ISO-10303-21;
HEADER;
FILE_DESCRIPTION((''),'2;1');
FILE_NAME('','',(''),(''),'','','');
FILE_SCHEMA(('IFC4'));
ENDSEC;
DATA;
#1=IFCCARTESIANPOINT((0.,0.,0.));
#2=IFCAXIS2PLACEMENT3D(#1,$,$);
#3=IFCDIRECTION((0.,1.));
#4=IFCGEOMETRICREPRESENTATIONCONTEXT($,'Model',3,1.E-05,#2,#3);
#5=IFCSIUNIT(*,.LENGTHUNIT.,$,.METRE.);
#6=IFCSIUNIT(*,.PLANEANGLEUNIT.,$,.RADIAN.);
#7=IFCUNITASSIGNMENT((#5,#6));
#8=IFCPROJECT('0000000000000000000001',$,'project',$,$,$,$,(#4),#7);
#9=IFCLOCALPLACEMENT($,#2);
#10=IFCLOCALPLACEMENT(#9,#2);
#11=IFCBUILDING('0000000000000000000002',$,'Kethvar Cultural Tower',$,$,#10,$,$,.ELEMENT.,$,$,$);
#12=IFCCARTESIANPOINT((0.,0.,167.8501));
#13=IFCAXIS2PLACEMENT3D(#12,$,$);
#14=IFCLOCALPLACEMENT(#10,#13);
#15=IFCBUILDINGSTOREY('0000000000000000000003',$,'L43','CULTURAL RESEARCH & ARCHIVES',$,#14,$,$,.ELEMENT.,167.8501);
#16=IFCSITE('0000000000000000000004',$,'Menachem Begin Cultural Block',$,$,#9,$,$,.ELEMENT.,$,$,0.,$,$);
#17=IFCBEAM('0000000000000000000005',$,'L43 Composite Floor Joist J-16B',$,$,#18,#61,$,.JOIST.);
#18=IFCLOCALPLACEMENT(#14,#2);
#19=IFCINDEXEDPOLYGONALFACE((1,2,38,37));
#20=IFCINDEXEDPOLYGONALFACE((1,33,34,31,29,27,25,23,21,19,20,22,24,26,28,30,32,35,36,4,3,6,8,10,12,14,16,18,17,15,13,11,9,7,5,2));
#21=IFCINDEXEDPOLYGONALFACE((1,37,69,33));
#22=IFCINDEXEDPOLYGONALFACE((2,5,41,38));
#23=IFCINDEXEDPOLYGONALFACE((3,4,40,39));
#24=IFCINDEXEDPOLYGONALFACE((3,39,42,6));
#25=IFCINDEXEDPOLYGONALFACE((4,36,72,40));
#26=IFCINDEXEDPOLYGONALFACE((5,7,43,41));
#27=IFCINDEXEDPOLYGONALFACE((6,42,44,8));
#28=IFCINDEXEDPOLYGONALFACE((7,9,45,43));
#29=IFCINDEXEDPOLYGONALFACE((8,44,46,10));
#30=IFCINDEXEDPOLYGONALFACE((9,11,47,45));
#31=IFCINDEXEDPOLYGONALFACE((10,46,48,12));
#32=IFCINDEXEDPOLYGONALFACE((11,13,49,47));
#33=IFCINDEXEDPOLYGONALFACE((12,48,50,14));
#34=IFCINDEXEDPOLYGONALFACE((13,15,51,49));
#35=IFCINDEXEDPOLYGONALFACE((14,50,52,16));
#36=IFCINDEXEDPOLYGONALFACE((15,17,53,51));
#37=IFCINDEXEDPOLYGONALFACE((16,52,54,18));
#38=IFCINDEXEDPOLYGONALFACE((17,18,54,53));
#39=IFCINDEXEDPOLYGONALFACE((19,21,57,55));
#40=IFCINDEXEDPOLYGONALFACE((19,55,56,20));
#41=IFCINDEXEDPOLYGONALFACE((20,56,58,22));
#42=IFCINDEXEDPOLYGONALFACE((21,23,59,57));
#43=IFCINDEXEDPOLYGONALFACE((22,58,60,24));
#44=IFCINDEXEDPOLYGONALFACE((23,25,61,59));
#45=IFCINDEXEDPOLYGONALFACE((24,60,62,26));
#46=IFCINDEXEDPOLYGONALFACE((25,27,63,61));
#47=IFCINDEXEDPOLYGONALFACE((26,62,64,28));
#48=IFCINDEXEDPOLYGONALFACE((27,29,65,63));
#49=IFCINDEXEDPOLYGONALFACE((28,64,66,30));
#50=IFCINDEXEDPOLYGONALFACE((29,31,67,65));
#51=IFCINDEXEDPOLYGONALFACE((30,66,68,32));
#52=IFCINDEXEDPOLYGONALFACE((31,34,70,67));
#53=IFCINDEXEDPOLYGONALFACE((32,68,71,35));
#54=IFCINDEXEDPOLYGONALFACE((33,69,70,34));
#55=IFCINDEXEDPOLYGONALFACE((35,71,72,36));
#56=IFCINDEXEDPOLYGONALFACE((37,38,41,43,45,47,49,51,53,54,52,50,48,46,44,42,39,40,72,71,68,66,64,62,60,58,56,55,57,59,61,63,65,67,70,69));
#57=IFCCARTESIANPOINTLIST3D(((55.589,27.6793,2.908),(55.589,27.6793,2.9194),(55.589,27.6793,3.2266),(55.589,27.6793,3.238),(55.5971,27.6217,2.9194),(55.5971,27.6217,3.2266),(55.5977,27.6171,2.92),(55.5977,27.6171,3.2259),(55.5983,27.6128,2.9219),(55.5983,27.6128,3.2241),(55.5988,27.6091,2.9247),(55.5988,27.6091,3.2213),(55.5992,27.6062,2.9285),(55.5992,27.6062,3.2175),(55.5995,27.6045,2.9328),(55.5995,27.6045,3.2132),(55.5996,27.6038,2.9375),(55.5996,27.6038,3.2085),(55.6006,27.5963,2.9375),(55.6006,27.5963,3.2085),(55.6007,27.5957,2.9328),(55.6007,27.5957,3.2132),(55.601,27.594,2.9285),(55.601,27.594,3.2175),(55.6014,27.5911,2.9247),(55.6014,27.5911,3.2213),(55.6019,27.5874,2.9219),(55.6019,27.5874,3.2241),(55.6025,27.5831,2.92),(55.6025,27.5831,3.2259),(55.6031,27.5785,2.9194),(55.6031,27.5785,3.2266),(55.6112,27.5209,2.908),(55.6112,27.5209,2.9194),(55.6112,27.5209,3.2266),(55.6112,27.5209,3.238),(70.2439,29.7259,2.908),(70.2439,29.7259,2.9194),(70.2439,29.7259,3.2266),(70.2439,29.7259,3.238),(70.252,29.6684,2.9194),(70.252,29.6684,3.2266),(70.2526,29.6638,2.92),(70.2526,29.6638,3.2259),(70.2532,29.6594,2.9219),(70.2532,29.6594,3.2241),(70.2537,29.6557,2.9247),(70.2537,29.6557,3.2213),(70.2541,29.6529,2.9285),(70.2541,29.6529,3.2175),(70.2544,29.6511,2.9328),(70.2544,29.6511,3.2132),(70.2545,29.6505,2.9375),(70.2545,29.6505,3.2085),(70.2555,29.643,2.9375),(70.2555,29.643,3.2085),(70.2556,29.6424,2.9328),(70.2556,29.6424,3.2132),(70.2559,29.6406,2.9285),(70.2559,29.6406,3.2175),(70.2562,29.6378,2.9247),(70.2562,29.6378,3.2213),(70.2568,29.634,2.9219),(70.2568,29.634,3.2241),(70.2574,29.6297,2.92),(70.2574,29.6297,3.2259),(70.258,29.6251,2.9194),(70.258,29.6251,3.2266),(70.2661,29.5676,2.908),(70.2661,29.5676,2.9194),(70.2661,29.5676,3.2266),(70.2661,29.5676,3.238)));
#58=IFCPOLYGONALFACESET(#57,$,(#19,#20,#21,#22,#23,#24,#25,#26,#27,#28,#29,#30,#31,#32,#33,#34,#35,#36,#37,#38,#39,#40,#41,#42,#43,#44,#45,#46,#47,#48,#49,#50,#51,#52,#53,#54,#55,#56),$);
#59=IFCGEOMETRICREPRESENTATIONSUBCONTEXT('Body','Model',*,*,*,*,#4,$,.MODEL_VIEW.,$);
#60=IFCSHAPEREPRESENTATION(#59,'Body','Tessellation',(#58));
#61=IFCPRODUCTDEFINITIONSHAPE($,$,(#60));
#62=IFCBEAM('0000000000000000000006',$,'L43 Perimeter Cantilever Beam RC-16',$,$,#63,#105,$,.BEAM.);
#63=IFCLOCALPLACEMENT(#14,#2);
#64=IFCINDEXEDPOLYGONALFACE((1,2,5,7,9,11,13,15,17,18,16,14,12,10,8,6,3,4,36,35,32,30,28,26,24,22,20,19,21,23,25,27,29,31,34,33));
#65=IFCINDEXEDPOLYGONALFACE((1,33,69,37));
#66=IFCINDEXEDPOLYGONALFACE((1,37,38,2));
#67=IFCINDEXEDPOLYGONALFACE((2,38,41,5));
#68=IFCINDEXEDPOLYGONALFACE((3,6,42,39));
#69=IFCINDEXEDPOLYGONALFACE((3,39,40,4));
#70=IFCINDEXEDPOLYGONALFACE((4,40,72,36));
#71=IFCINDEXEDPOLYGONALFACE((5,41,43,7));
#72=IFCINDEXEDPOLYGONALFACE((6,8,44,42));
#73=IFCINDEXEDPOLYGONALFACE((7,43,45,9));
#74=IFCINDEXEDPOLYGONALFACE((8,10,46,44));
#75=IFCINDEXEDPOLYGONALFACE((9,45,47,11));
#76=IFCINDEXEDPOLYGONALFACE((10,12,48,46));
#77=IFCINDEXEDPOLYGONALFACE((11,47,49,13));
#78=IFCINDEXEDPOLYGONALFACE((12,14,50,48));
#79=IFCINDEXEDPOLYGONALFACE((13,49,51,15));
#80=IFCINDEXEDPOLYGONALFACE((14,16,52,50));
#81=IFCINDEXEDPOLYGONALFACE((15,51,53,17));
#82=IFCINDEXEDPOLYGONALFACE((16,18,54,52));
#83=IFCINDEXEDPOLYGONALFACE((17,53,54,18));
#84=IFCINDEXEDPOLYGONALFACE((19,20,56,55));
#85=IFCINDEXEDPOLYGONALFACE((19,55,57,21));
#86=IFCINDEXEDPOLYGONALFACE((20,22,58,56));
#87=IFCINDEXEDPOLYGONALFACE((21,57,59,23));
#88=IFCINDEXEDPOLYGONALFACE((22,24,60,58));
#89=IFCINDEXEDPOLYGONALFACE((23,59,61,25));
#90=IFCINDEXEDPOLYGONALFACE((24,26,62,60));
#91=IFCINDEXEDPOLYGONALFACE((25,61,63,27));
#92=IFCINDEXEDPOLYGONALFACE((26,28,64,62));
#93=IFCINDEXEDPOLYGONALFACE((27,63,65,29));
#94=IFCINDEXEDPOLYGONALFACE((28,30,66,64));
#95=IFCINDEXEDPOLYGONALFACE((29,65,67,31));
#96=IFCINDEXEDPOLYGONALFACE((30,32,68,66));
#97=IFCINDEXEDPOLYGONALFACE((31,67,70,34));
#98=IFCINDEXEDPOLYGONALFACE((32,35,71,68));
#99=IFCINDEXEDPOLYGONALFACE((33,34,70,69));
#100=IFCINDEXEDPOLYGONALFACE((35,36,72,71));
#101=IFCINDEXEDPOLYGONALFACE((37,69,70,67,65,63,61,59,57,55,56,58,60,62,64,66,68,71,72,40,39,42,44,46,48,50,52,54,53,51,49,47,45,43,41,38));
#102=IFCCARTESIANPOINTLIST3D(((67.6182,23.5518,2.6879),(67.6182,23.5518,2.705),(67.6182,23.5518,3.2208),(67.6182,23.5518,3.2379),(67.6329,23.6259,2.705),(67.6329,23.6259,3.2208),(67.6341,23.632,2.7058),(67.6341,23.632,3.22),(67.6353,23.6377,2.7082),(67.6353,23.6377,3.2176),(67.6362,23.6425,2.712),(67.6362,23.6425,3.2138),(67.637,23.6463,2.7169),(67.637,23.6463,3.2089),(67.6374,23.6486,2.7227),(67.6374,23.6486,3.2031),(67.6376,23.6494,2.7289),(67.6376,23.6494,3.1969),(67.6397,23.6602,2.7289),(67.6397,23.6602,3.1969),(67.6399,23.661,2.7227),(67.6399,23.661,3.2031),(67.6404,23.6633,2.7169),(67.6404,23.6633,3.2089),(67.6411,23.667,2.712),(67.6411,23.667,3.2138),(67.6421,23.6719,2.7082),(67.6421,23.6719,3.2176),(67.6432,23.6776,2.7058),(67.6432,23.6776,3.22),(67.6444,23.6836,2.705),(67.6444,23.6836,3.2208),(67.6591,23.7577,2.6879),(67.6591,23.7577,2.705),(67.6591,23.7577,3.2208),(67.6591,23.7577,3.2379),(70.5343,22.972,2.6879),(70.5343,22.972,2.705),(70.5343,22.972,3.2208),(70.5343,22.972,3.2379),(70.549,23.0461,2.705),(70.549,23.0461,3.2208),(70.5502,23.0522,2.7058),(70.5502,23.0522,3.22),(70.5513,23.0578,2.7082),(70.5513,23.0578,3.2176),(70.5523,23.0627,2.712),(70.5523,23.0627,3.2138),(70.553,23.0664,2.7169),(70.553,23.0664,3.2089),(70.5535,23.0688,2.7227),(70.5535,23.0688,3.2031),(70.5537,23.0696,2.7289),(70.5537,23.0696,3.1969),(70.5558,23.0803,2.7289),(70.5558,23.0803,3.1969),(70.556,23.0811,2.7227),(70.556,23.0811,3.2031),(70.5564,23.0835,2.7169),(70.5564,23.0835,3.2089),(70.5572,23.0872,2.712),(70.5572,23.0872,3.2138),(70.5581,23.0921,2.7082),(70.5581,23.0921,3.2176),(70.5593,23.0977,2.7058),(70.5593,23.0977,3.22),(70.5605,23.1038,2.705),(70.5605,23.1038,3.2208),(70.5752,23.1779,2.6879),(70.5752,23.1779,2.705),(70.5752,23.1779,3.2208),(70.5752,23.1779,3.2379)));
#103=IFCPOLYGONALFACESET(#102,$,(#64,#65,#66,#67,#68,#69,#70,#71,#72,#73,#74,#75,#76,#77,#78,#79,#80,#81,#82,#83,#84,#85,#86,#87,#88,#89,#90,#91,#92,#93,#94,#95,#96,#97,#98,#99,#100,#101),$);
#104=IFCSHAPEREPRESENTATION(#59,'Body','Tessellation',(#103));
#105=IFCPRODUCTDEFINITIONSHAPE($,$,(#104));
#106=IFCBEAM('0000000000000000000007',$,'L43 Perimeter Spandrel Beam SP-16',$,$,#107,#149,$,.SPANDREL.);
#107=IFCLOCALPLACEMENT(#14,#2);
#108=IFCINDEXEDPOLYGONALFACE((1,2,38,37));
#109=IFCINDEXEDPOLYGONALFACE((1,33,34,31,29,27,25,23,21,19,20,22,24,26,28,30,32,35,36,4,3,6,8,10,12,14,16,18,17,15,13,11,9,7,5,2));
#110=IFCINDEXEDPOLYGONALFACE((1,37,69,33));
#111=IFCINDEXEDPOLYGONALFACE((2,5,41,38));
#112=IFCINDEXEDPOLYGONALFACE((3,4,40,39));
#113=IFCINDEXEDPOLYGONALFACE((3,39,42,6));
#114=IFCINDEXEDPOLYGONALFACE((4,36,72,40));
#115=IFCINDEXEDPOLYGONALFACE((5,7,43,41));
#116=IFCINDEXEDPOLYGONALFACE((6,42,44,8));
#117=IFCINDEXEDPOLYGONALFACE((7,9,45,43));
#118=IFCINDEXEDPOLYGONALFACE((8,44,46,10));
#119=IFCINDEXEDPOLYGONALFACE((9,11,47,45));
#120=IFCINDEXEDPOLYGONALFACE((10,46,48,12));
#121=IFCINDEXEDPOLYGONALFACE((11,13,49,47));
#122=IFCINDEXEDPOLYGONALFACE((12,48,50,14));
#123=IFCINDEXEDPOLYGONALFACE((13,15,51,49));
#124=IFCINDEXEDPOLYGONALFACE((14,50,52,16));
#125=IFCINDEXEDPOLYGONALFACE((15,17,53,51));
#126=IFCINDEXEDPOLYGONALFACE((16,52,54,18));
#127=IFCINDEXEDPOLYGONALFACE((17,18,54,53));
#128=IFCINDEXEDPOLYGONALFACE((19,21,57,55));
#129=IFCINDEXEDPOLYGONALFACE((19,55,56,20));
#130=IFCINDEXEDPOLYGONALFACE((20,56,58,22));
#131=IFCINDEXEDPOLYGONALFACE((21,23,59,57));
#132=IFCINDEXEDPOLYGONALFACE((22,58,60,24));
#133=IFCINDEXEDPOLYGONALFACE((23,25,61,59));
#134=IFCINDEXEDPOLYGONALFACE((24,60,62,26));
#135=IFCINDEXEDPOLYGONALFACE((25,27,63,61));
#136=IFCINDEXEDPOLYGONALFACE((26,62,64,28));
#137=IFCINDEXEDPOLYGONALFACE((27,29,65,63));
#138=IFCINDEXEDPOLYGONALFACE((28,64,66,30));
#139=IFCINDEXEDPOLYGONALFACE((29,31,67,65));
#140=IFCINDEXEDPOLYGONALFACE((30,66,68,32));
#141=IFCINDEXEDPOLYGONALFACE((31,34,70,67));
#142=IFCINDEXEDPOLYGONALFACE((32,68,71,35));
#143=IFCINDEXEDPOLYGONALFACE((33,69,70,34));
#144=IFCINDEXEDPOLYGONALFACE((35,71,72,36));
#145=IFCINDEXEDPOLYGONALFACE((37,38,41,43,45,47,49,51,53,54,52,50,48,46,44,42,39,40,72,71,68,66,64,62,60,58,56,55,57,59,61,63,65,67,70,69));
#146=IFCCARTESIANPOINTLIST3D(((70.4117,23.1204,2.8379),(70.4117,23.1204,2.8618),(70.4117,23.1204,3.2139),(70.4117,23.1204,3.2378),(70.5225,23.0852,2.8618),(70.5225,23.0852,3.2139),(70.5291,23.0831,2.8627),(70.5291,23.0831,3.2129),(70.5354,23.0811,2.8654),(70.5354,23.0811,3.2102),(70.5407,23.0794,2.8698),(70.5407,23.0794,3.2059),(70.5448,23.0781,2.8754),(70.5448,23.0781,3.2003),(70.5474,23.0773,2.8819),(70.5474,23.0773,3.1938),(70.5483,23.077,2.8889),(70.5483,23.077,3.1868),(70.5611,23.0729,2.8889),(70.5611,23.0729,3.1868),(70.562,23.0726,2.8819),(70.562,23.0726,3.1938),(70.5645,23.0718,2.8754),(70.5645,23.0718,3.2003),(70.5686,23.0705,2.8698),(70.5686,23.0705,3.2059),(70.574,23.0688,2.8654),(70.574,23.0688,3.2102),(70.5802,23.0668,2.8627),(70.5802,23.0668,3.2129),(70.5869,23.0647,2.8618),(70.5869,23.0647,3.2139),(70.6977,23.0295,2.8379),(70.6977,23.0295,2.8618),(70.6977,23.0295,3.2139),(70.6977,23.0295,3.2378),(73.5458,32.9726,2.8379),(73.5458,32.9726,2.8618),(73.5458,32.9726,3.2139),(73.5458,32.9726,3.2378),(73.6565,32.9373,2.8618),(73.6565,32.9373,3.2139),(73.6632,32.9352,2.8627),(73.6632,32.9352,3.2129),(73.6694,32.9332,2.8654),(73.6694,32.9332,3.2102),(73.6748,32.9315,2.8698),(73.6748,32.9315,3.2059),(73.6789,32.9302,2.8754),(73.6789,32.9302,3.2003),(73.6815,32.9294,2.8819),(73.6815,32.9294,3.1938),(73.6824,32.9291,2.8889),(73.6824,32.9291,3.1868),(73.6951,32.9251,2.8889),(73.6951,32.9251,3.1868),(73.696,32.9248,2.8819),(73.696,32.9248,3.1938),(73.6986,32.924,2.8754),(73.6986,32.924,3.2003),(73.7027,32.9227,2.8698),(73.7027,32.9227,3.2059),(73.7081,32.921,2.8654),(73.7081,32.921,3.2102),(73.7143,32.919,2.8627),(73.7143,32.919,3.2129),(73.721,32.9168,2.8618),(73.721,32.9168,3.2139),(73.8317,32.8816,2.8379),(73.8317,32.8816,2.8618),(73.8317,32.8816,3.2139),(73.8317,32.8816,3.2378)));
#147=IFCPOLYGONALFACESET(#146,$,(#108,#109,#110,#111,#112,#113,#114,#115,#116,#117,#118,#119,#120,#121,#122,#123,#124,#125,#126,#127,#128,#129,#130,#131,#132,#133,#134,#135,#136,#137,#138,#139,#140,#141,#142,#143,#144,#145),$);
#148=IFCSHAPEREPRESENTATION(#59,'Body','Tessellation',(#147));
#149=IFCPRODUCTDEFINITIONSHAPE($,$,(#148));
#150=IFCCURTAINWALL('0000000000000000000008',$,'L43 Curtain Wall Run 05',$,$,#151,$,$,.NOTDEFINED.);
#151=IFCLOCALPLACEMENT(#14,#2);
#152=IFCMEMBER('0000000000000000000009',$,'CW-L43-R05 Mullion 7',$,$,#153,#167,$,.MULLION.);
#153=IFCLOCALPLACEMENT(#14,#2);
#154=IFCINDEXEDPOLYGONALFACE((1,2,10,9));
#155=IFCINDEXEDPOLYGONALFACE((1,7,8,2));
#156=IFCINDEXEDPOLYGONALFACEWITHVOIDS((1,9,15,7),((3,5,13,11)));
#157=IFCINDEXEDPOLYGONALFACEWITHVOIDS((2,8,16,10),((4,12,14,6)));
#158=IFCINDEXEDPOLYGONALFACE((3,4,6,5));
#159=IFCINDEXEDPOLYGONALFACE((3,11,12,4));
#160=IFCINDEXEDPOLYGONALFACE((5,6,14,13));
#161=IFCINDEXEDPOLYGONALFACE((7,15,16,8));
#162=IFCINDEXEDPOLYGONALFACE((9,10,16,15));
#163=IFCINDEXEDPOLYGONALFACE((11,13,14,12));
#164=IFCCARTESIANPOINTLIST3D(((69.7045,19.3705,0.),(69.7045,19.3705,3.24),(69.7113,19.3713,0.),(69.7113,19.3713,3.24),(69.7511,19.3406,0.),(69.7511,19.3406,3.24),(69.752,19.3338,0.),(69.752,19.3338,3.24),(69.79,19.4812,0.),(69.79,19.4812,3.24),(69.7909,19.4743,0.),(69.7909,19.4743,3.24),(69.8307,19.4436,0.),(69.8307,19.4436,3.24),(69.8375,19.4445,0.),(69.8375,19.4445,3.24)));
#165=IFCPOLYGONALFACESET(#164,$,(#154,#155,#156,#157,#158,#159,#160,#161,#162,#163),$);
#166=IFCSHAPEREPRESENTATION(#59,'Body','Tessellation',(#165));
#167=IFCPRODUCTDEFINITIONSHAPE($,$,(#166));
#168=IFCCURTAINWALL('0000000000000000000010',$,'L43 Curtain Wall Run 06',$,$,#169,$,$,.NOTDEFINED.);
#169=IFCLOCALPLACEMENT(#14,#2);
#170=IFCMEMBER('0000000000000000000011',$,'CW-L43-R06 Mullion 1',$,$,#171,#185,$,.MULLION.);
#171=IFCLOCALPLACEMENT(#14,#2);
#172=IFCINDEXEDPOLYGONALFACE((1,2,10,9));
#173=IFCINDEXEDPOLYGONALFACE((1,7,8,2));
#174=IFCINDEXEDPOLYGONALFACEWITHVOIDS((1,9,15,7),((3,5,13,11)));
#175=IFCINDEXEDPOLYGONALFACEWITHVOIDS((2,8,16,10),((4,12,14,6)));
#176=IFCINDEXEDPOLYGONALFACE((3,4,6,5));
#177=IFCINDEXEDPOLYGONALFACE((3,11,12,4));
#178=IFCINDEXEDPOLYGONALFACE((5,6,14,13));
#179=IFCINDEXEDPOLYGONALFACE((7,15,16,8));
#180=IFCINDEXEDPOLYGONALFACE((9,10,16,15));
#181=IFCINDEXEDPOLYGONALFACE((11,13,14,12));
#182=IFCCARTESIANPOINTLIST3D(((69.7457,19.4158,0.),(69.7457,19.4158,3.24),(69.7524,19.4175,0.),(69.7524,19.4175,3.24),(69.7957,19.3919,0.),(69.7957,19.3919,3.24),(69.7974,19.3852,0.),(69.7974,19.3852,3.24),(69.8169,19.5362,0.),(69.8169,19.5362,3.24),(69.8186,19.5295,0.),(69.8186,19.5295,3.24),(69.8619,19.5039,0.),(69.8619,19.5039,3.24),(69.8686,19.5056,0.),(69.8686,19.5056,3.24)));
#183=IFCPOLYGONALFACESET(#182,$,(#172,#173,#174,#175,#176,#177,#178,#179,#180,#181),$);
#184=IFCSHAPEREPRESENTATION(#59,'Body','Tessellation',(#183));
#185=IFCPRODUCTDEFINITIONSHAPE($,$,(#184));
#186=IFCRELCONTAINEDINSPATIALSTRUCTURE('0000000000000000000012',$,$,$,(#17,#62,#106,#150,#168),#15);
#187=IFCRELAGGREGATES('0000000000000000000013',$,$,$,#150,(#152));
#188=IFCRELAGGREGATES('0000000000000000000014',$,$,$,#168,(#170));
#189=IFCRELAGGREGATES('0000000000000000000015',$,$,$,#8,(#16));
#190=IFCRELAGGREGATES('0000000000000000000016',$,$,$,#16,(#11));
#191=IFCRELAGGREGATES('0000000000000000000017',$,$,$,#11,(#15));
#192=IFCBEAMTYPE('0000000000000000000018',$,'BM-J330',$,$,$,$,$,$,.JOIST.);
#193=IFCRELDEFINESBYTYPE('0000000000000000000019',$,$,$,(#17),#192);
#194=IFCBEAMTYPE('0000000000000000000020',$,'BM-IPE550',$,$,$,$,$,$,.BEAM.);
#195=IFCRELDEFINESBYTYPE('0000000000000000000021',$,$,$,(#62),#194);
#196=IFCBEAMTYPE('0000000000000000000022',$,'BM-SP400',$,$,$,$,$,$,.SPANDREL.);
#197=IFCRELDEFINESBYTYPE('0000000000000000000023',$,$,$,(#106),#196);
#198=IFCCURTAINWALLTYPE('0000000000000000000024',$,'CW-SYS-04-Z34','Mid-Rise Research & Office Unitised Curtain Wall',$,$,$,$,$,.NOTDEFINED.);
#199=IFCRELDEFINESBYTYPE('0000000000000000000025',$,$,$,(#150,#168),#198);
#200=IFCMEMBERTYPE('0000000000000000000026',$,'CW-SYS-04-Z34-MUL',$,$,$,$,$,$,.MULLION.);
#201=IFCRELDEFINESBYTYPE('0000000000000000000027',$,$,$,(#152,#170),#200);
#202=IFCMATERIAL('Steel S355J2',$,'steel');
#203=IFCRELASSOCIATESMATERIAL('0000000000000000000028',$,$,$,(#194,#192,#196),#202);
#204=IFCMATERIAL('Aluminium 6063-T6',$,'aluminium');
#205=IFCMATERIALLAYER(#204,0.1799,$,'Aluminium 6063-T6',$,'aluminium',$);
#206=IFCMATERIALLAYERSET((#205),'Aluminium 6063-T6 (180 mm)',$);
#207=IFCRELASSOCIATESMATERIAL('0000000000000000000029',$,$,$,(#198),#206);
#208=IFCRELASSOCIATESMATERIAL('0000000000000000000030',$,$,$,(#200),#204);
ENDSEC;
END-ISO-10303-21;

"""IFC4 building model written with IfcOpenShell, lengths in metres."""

from ifc_helpers import new_model, si_unit, direction, frame, origin, origin_2d, place, context, subcontext, project, spatial, hollow_rectangle, i_section, extrude, source, transform, mapped, material, layer, layer_set, material_profile, profile_set, type_object, element, aggregate, save


model = new_model("IFC4")

# Units and contexts
model_context = context("Model", 3, precision=1e-05, world=origin(), true_north=direction((0.0, 1.0)))
body_context = subcontext(model_context, "Body", "Model", "MODEL_VIEW")
ifc_project = project(units=[si_unit("LENGTHUNIT", "METRE"), si_unit("PLANEANGLEUNIT", "RADIAN")], contexts=[model_context])

# Site, building, storey
site_placement = place(None, origin())
site = spatial("IfcSite", under=ifc_project, at=site_placement, Name="Menachem Begin Cultural Block", CompositionType="ELEMENT", RefElevation=0.0)
building_placement = place(site_placement, origin())
building = spatial("IfcBuilding", under=site, at=building_placement, Name="Kethvar Cultural Tower", CompositionType="ELEMENT")
storey_placement = place(building_placement, frame((0.0, 0.0, 167.8501)))
storey = spatial("IfcBuildingStorey", under=building, at=storey_placement, Name="L43", Description="CULTURAL RESEARCH & ARCHIVES", CompositionType="ELEMENT", Elevation=167.8501)

# Beams
ifc_material_1 = material(Name="Steel S355J2", Category="steel")
ifc_material_profile_1 = material_profile(ifc_material_1, i_section(OverallWidth=0.21, OverallDepth=0.55, WebThickness=0.011, FlangeThickness=0.0171, FilletRadius=0.0239, at=origin_2d()), Name="Steel S355J2 — IPE550")
ifc_profile_set_1 = profile_set([ifc_material_profile_1], Name="Steel S355J2 — IPE550")
beam_type_1 = type_object("IfcBeamType", Name="BM-IPE550", PredefinedType="BEAM", material=ifc_profile_set_1)
ifc_material_profile_2 = material_profile(ifc_material_1, i_section(OverallWidth=0.1599, OverallDepth=0.3301, WebThickness=0.0076, FlangeThickness=0.0115, FilletRadius=0.0181, at=origin_2d()), Name="Steel S355J2 — IPE330")
ifc_profile_set_2 = profile_set([ifc_material_profile_2], Name="Steel S355J2 — IPE330")
beam_type_2 = type_object("IfcBeamType", Name="BM-J330", PredefinedType="JOIST", material=ifc_profile_set_2)
shared_shape_1 = source(origin(), body_context, "Body", "SweptSolid", [
    extrude(i_section(OverallWidth=0.1599, OverallDepth=0.3301, WebThickness=0.0076, FlangeThickness=0.0115, FilletRadius=0.0181, at=origin_2d()), origin(), (0.0, 0.0, 1.0), 14.7971),
])
beam_1_placement = place(storey_placement, frame((55.6001, 27.6001, 3.073), z_axis=(0.990388, 0.138314, 0.0), x_axis=(-0.138314, 0.990388, 0.0)))
element("IfcBeam", 1, at=beam_1_placement, inside=storey, type_object=beam_type_2, Name="L43 Composite Floor Joist J-16B", PredefinedType="JOIST", context=body_context, shape_type="MappedRepresentation", body=[
    mapped(shared_shape_1, transform((0.0, 0.0, 0.0), scale=1.0)),
])
shared_shape_2 = source(origin(), body_context, "Body", "SweptSolid", [
    extrude(i_section(OverallWidth=0.21, OverallDepth=0.55, WebThickness=0.011, FlangeThickness=0.0171, FilletRadius=0.0239, at=origin_2d()), origin(), (0.0, 0.0, 1.0), 2.9731),
])
beam_2_placement = place(storey_placement, frame((67.6387, 23.6548, 2.9629), z_axis=(0.980798, -0.195026, 0.0), x_axis=(0.195026, 0.980798, 0.0)))
element("IfcBeam", 2, at=beam_2_placement, inside=storey, type_object=beam_type_1, Name="L43 Perimeter Cantilever Beam RC-16", PredefinedType="BEAM", context=body_context, shape_type="MappedRepresentation", body=[
    mapped(shared_shape_2, transform((0.0, 0.0, 0.0), scale=1.0)),
])
ifc_material_profile_3 = material_profile(ifc_material_1, i_section(OverallWidth=0.3, OverallDepth=0.3999, WebThickness=0.0134, FlangeThickness=0.0239, FilletRadius=0.0271, at=origin_2d()), Name="Steel S355J2 — HEB400")
ifc_profile_set_3 = profile_set([ifc_material_profile_3], Name="Steel S355J2 — HEB400")
beam_type_3 = type_object("IfcBeamType", Name="BM-SP400", PredefinedType="SPANDREL", material=ifc_profile_set_3)
shared_shape_3 = source(origin(), body_context, "Body", "SweptSolid", [
    extrude(i_section(OverallWidth=0.3, OverallDepth=0.3999, WebThickness=0.0134, FlangeThickness=0.0239, FilletRadius=0.0271, at=origin_2d()), origin(), (0.0, 0.0, 1.0), 10.3386),
])
beam_3_placement = place(storey_placement, frame((70.5547, 23.075, 3.0378), z_axis=(0.303141, 0.952946, 0.0), x_axis=(-0.952946, 0.303141, 0.0)))
element("IfcBeam", 3, at=beam_3_placement, inside=storey, type_object=beam_type_3, Name="L43 Perimeter Spandrel Beam SP-16", PredefinedType="SPANDREL", context=body_context, shape_type="MappedRepresentation", body=[
    mapped(shared_shape_3, transform((0.0, 0.0, 0.0), scale=1.0)),
])

# Curtain wall, member
ifc_material_2 = material(Name="Aluminium 6063-T6", Category="aluminium")
ifc_layer_1 = layer(ifc_material_2, 0.1799, Name="Aluminium 6063-T6", Category="aluminium")
ifc_layer_set_1 = layer_set([ifc_layer_1], Name="Aluminium 6063-T6 (180 mm)")
curtain_wall_type = type_object("IfcCurtainWallType", Name="CW-SYS-04-Z34", Description="Mid-Rise Research & Office Unitised Curtain Wall", PredefinedType="NOTDEFINED", material=ifc_layer_set_1)
curtain_wall_1_placement = place(storey_placement, origin())
curtain_wall_1 = element("IfcCurtainWall", 4, at=curtain_wall_1_placement, inside=storey, type_object=curtain_wall_type, Name="L43 Curtain Wall Run 05", PredefinedType="NOTDEFINED")
ifc_material_profile_4 = material_profile(ifc_material_2, hollow_rectangle(XDim=0.0601, YDim=0.1399, WallThickness=0.0049, at=origin_2d()), Name="Aluminium 6063-T6 — RHS140x60x5")
ifc_profile_set_4 = profile_set([ifc_material_profile_4], Name="Aluminium 6063-T6 — RHS140x60x5")
member_type_1 = type_object("IfcMemberType", Name="CW-SYS-04-Z34-MUL", PredefinedType="MULLION", material=ifc_profile_set_4)
shared_shape_4 = source(origin(), body_context, "Body", "SweptSolid", [
    extrude(hollow_rectangle(XDim=0.0601, YDim=0.1399, WallThickness=0.0049, at=origin_2d()), origin(), (0.0, 0.0, 1.0), 3.24),
])
member_1_placement = place(storey_placement, frame((69.771, 19.4075, 0.0), z_axis=(0.0, 0.0, 1.0), x_axis=(-0.79148, 0.611196, 0.0)))
member_1 = element("IfcMember", 5, at=member_1_placement, type_object=member_type_1, Name="CW-L43-R05 Mullion 7", PredefinedType="MULLION", context=body_context, shape_type="MappedRepresentation", body=[
    mapped(shared_shape_4, transform((0.0, 0.0, 0.0), scale=1.0)),
])
aggregate(curtain_wall_1, [member_1])

# Curtain wall, member
curtain_wall_2_placement = place(storey_placement, origin())
curtain_wall_2 = element("IfcCurtainWall", 6, at=curtain_wall_2_placement, inside=storey, type_object=curtain_wall_type, Name="L43 Curtain Wall Run 06", PredefinedType="NOTDEFINED")
member_2_placement = place(storey_placement, frame((69.8071, 19.4607, 0.0), z_axis=(0.0, 0.0, 1.0), x_axis=(-0.860795, 0.508951, 0.0)))
member_2 = element("IfcMember", 7, at=member_2_placement, type_object=member_type_1, Name="CW-L43-R06 Mullion 1", PredefinedType="MULLION", context=body_context, shape_type="MappedRepresentation", body=[
    mapped(shared_shape_4, transform((0.0, 0.0, 0.0), scale=1.0)),
])
aggregate(curtain_wall_2, [member_2])

save(model, "model.ifc")
